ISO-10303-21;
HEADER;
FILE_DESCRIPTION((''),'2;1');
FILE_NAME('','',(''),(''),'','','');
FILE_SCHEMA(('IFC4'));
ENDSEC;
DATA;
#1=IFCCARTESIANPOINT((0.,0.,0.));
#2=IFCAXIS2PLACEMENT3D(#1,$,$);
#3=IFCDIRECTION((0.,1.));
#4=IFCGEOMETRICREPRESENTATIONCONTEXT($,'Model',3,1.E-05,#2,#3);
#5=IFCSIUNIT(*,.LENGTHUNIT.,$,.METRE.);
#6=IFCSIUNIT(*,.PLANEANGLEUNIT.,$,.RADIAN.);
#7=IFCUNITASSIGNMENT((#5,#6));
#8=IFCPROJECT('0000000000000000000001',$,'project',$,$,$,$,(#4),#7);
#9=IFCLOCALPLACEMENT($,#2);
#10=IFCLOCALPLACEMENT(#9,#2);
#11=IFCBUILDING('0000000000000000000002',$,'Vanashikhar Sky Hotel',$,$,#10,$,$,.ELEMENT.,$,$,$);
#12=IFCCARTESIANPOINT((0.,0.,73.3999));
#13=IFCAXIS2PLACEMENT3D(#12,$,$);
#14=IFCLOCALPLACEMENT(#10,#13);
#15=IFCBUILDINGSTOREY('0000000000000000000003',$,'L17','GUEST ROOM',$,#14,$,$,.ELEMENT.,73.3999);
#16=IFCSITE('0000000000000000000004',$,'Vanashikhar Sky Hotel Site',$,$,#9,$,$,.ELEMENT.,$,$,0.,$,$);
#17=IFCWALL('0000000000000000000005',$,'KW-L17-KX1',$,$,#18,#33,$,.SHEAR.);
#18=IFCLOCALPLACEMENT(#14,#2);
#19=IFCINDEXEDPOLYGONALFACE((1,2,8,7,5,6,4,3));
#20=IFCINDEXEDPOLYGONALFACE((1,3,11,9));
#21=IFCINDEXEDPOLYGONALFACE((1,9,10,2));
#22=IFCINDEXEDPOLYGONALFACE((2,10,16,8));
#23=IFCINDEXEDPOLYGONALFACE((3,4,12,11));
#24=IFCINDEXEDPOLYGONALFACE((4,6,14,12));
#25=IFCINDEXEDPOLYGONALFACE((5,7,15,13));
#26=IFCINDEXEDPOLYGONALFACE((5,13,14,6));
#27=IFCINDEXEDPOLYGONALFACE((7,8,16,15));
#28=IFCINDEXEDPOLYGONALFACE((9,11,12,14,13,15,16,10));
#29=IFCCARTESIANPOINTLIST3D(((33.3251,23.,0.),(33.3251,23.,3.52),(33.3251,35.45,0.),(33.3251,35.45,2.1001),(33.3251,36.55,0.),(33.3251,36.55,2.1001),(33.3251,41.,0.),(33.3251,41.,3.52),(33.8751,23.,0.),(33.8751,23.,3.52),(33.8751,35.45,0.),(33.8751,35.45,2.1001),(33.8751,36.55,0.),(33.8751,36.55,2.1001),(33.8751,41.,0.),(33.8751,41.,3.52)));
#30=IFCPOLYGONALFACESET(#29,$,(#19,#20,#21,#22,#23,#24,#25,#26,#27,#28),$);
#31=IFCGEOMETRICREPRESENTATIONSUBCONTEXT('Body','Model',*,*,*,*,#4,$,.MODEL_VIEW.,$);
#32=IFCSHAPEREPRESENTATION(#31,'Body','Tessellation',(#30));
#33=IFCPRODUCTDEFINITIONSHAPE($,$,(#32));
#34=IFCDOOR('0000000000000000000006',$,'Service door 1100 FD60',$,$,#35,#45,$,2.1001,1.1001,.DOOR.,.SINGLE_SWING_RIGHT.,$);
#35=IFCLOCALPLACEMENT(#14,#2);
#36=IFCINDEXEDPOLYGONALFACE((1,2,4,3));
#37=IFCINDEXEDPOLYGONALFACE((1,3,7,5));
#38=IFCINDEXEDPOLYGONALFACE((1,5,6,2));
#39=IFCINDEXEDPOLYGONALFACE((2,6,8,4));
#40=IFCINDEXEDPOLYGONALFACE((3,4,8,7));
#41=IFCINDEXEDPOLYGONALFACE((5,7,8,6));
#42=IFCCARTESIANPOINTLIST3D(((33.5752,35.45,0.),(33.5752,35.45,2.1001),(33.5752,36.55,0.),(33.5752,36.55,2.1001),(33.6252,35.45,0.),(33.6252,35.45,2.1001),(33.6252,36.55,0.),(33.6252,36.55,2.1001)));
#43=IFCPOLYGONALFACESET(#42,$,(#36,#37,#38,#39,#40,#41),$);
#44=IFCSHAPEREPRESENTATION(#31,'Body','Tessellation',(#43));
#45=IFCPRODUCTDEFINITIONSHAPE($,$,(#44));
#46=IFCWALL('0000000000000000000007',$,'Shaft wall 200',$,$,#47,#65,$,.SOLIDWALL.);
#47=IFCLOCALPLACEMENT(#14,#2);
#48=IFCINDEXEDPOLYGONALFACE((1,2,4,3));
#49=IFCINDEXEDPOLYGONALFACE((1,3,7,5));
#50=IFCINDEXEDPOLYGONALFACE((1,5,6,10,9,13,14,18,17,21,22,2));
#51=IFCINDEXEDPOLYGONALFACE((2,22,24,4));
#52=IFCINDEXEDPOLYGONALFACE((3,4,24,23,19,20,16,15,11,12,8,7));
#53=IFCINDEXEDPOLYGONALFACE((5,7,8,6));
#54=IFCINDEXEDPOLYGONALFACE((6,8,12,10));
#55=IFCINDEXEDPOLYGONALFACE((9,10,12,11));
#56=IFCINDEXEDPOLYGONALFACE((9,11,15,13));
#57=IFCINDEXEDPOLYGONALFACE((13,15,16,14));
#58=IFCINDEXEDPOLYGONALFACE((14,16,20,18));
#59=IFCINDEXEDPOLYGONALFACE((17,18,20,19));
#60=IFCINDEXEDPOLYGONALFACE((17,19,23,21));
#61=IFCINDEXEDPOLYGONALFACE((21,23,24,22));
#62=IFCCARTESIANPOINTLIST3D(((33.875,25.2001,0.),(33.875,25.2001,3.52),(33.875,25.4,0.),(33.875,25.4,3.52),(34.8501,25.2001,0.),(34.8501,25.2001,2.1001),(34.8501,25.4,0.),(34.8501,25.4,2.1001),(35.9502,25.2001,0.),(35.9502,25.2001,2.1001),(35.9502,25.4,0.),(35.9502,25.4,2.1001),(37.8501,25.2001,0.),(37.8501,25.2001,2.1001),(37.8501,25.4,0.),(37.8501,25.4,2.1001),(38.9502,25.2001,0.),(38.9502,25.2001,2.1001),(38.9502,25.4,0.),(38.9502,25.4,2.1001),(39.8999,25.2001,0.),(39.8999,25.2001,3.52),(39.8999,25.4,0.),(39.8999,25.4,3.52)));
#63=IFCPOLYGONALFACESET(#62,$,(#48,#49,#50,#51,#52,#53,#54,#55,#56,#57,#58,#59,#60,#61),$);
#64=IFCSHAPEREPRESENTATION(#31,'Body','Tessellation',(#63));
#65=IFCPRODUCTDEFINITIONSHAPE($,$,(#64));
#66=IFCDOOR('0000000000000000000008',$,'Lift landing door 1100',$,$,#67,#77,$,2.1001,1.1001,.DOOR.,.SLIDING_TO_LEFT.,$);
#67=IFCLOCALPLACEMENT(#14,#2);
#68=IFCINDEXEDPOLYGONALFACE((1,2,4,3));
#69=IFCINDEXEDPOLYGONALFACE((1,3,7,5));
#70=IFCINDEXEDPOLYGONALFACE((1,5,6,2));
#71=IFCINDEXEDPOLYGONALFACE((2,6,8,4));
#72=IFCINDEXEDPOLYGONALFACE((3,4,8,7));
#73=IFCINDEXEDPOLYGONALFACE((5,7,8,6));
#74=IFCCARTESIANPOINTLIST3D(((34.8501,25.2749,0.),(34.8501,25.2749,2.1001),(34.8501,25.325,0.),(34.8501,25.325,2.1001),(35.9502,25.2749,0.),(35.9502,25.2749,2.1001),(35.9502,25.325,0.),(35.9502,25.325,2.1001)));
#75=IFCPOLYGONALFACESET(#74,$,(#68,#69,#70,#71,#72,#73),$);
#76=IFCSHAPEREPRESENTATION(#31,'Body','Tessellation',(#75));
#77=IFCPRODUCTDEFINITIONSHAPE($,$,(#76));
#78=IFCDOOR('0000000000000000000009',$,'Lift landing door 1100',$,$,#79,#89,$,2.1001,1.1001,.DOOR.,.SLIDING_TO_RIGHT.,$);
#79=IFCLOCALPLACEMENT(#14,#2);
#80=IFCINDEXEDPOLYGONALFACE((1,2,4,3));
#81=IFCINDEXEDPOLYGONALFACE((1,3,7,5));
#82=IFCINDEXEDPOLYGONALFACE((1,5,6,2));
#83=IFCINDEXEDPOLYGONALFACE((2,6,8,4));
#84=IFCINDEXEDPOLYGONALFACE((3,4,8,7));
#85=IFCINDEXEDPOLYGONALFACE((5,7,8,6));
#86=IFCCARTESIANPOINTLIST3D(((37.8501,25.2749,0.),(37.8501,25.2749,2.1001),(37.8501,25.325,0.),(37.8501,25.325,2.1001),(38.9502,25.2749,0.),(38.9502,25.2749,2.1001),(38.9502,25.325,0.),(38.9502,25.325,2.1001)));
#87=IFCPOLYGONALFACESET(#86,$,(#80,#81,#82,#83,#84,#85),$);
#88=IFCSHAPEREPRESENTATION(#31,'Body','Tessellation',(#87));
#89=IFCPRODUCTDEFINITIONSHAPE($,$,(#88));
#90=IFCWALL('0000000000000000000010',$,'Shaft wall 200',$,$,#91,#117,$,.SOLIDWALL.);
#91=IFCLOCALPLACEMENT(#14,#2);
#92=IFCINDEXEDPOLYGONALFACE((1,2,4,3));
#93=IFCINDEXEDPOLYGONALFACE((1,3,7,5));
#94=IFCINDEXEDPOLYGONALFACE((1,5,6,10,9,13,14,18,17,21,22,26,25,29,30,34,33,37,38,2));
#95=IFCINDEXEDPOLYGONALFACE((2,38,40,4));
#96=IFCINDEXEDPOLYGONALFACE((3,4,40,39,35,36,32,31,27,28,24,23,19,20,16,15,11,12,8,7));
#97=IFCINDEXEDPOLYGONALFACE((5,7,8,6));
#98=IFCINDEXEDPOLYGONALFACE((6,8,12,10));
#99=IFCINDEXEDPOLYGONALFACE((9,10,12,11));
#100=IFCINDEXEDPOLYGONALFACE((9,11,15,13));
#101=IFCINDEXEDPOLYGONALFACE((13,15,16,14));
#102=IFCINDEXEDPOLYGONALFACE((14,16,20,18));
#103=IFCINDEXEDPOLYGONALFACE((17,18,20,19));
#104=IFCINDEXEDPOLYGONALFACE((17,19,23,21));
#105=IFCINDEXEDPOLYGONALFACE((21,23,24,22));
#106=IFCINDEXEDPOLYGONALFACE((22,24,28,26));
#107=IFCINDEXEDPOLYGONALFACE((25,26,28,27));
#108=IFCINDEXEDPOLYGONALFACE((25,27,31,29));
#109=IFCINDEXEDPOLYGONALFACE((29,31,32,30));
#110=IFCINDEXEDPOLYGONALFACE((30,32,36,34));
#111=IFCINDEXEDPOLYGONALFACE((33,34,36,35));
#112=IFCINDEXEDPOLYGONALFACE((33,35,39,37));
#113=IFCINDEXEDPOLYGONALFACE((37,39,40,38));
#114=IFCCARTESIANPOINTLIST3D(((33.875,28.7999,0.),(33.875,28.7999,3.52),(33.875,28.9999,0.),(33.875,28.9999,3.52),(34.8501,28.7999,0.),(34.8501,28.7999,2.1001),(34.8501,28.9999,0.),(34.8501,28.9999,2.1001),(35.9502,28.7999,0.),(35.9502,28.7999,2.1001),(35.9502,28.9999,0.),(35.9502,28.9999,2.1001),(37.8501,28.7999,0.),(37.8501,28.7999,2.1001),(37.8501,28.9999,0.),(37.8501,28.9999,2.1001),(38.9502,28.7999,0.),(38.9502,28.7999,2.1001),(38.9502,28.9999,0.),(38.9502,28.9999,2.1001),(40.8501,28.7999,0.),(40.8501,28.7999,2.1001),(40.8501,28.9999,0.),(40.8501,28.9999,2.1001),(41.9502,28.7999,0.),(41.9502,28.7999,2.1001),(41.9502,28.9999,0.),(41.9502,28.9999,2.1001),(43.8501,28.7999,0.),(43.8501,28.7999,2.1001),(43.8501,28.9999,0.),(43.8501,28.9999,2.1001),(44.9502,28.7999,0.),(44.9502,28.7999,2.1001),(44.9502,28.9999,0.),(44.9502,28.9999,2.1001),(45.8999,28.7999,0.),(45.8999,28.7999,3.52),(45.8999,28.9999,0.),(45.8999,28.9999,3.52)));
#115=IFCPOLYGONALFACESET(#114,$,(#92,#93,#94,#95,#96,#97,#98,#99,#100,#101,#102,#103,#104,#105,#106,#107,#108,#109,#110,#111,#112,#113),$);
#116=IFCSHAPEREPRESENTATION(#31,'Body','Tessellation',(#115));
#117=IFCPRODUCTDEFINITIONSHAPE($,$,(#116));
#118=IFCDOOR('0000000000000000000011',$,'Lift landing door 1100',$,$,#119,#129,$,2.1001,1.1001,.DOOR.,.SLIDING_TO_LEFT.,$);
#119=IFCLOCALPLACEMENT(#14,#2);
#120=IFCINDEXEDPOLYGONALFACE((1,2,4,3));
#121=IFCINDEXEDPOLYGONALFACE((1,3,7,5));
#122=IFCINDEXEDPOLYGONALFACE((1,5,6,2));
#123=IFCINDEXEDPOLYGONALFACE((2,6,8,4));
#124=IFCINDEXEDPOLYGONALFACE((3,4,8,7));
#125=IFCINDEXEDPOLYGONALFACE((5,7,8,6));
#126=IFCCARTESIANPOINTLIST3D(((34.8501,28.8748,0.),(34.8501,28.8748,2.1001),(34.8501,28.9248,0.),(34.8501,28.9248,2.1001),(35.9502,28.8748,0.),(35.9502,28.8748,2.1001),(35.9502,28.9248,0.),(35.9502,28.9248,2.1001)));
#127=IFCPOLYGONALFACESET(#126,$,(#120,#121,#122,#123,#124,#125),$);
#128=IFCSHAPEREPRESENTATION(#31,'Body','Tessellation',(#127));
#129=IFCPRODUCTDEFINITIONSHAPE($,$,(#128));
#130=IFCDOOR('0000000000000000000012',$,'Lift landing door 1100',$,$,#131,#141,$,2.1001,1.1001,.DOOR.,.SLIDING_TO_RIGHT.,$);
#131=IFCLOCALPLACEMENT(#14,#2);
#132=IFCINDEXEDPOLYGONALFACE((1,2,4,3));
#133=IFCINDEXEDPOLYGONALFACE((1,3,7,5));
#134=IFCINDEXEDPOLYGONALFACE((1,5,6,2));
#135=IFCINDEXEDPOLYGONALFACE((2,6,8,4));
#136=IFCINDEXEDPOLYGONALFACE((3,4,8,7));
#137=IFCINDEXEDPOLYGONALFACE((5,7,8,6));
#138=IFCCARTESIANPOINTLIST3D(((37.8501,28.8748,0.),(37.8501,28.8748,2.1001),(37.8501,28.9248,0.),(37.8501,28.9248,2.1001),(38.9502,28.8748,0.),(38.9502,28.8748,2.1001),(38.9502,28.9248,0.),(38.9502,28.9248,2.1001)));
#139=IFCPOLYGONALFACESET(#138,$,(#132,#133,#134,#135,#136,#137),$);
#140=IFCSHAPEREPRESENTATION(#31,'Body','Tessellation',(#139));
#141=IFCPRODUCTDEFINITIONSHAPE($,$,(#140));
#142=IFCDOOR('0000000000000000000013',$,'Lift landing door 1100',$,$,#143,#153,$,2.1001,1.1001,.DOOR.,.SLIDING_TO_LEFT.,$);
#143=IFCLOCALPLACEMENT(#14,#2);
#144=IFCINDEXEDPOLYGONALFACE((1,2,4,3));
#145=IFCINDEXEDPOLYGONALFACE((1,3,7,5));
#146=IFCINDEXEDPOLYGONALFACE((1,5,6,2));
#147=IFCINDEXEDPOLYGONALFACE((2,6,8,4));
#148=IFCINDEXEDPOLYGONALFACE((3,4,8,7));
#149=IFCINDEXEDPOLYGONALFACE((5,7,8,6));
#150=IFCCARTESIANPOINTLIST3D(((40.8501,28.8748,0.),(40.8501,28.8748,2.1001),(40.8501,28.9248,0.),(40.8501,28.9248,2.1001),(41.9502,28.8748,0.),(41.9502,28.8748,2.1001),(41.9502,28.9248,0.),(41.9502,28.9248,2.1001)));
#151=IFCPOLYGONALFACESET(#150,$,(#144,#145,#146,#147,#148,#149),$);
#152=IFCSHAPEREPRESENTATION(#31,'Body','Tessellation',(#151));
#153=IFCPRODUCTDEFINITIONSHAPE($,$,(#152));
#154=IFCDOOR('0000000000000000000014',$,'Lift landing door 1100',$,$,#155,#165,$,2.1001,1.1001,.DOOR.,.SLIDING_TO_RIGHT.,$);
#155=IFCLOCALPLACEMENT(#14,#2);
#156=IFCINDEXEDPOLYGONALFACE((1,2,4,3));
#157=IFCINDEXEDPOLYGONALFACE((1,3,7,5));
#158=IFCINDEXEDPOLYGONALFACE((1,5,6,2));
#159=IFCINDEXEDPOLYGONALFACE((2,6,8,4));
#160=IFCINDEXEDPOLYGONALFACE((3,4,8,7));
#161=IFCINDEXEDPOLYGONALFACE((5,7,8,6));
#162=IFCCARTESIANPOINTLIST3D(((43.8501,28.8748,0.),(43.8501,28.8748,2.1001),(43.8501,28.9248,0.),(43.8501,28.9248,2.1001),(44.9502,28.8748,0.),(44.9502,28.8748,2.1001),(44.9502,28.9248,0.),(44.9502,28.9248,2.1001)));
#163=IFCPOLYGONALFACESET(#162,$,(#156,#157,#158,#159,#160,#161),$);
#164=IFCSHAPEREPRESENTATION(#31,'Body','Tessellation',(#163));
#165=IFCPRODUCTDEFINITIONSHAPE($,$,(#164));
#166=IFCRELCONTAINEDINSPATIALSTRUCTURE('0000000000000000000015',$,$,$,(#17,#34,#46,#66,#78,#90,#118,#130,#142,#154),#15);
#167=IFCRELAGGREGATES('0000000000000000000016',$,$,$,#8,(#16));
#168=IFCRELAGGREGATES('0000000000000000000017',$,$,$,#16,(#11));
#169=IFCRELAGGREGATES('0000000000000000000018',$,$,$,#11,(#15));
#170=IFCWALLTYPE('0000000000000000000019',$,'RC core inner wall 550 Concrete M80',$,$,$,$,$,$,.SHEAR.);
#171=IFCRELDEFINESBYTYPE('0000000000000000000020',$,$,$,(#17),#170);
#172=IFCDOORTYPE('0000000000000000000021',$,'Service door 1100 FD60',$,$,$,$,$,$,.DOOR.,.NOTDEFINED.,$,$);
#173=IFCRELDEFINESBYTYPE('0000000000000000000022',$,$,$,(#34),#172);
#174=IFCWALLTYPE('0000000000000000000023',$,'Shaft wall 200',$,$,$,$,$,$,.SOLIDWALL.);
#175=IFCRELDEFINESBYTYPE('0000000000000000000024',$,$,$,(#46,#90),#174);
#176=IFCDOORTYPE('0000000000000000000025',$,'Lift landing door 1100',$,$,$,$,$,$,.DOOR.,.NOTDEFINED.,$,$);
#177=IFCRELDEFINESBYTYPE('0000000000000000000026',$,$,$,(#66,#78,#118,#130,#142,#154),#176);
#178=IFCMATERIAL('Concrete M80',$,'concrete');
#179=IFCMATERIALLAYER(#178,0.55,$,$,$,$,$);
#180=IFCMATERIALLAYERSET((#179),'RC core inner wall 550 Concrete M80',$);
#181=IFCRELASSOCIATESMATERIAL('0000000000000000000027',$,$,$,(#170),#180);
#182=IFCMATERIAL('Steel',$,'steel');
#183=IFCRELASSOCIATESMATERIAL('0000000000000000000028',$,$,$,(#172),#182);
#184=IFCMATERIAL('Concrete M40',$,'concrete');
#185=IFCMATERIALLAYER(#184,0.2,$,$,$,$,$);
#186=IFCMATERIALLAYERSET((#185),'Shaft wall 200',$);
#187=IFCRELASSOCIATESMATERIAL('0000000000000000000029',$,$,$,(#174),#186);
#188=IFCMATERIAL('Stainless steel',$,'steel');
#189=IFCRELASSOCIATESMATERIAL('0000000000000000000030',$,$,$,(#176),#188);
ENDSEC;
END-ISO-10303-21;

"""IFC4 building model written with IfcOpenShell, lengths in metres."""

from ifc_helpers import new_model, si_unit, direction, frame, frame_2d, origin, place, context, subcontext, project, spatial, rectangle, extrude, source, transform, mapped, material, layer, layer_set, type_object, element, fill, save


model = new_model("IFC4")

# Units and contexts
model_context = context("Model", 3, precision=1e-05, world=origin(), true_north=direction((0.0, 1.0)))
body_context = subcontext(model_context, "Body", "Model", "MODEL_VIEW")
ifc_project = project(units=[si_unit("LENGTHUNIT", "METRE"), si_unit("PLANEANGLEUNIT", "RADIAN")], contexts=[model_context])

# Site, building, storey
site_placement = place(None, origin())
site = spatial("IfcSite", under=ifc_project, at=site_placement, Name="Vanashikhar Sky Hotel Site", CompositionType="ELEMENT", RefElevation=0.0)
building_placement = place(site_placement, origin())
building = spatial("IfcBuilding", under=site, at=building_placement, Name="Vanashikhar Sky Hotel", CompositionType="ELEMENT")
storey_placement = place(building_placement, frame((0.0, 0.0, 73.3999)))
storey = spatial("IfcBuildingStorey", under=building, at=storey_placement, Name="L17", Description="GUEST ROOM", CompositionType="ELEMENT", Elevation=73.3999)

# Wall, opening, door
ifc_material_1 = material(Name="Concrete M80", Category="concrete")
ifc_layer_1 = layer(ifc_material_1, 0.55)
ifc_layer_set_1 = layer_set([ifc_layer_1], Name="RC core inner wall 550 Concrete M80")
wall_type_1 = type_object("IfcWallType", Name="RC core inner wall 550 Concrete M80", PredefinedType="SHEAR", material=ifc_layer_set_1)
shared_shape_1 = source(origin(), body_context, "Body", "SweptSolid", [
    extrude(rectangle(XDim=18.0, YDim=0.55, at=frame_2d((9.0, 0.0))), origin(), (0.0, 0.0, 1.0), 3.52),
])
wall_1_placement = place(storey_placement, frame((33.6001, 23.0, 0.0), z_axis=(0.0, 0.0, 1.0), x_axis=(0.0, 1.0, 0.0)))
wall_1 = element("IfcWall", 1, at=wall_1_placement, inside=storey, type_object=wall_type_1, Name="KW-L17-KX1", PredefinedType="SHEAR", context=body_context, shape_type="MappedRepresentation", body=[
    mapped(shared_shape_1, transform((0.0, 0.0, 0.0), scale=1.0)),
])
shared_shape_2 = source(origin(), body_context, "Body", "SweptSolid", [
    extrude(rectangle(XDim=1.1001, YDim=2.1001, at=frame_2d((0.55, 1.05))), frame((0.0, 0.2852, 0.0), z_axis=(0.0, -1.0, 0.0), x_axis=(1.0, 0.0, 0.0)), (0.0, 0.0, 1.0), 0.5701),
])
opening_1_placement = place(wall_1_placement, frame((12.45, 0.0, 0.0)))
opening_1 = element("IfcOpeningElement", 2, at=opening_1_placement, cuts=wall_1, PredefinedType="OPENING", context=body_context, shape_type="MappedRepresentation", body=[
    mapped(shared_shape_2, transform((0.0, 0.0, 0.0), scale=1.0)),
])
ifc_material_2 = material(Name="Steel", Category="steel")
door_type_1 = type_object("IfcDoorType", Name="Service door 1100 FD60", OperationType="NOTDEFINED", PredefinedType="DOOR", material=ifc_material_2)
shared_shape_3 = source(origin(), body_context, "Body", "SweptSolid", [
    extrude(rectangle(XDim=1.1001, YDim=2.1001, at=frame_2d((0.55, 1.05))), frame((0.0, 0.0249, 0.0), z_axis=(0.0, -1.0, 0.0), x_axis=(1.0, 0.0, 0.0)), (0.0, 0.0, 1.0), 0.05),
])
door_1_placement = place(opening_1_placement, origin())
door_1 = element("IfcDoor", 3, at=door_1_placement, inside=storey, type_object=door_type_1, Name="Service door 1100 FD60", OperationType="SINGLE_SWING_RIGHT", OverallHeight=2.1001, OverallWidth=1.1001, PredefinedType="DOOR", context=body_context, shape_type="MappedRepresentation", body=[
    mapped(shared_shape_3, transform((0.0, 0.0, 0.0), scale=1.0)),
])
fill(opening_1, door_1)

# Walls, openings, doors
ifc_material_3 = material(Name="Concrete M40", Category="concrete")
ifc_layer_2 = layer(ifc_material_3, 0.2)
ifc_layer_set_2 = layer_set([ifc_layer_2], Name="Shaft wall 200")
wall_type_2 = type_object("IfcWallType", Name="Shaft wall 200", PredefinedType="SOLIDWALL", material=ifc_layer_set_2)
shared_shape_4 = source(origin(), body_context, "Body", "SweptSolid", [
    extrude(rectangle(XDim=6.0249, YDim=0.2, at=frame_2d((3.0125, 0.0))), origin(), (0.0, 0.0, 1.0), 3.52),
])
wall_2_placement = place(storey_placement, frame((33.875, 25.3, 0.0), z_axis=(0.0, 0.0, 1.0), x_axis=(1.0, 0.0, 0.0)))
wall_2 = element("IfcWall", 4, at=wall_2_placement, inside=storey, type_object=wall_type_2, Name="Shaft wall 200", PredefinedType="SOLIDWALL", context=body_context, shape_type="MappedRepresentation", body=[
    mapped(shared_shape_4, transform((0.0, 0.0, 0.0), scale=1.0)),
])
shared_shape_5 = source(origin(), body_context, "Body", "SweptSolid", [
    extrude(rectangle(XDim=1.1001, YDim=2.1001, at=frame_2d((0.55, 1.05))), frame((0.0, 0.1099, 0.0), z_axis=(0.0, -1.0, 0.0), x_axis=(1.0, 0.0, 0.0)), (0.0, 0.0, 1.0), 0.22),
])
opening_2_placement = place(wall_2_placement, frame((0.9751, 0.0, 0.0)))
opening_2 = element("IfcOpeningElement", 5, at=opening_2_placement, cuts=wall_2, PredefinedType="OPENING", context=body_context, shape_type="MappedRepresentation", body=[
    mapped(shared_shape_5, transform((0.0, 0.0, 0.0), scale=1.0)),
])
opening_3_placement = place(wall_2_placement, frame((3.9751, 0.0, 0.0)))
opening_3 = element("IfcOpeningElement", 6, at=opening_3_placement, cuts=wall_2, PredefinedType="OPENING", context=body_context, shape_type="MappedRepresentation", body=[
    mapped(shared_shape_5, transform((0.0, 0.0, 0.0), scale=1.0)),
])
ifc_material_4 = material(Name="Stainless steel", Category="steel")
door_type_2 = type_object("IfcDoorType", Name="Lift landing door 1100", OperationType="NOTDEFINED", PredefinedType="DOOR", material=ifc_material_4)
door_2_placement = place(opening_2_placement, origin())
door_2 = element("IfcDoor", 7, at=door_2_placement, inside=storey, type_object=door_type_2, Name="Lift landing door 1100", OperationType="SLIDING_TO_LEFT", OverallHeight=2.1001, OverallWidth=1.1001, PredefinedType="DOOR", context=body_context, shape_type="MappedRepresentation", body=[
    mapped(shared_shape_3, transform((0.0, 0.0, 0.0), scale=1.0)),
])
fill(opening_2, door_2)
door_3_placement = place(opening_3_placement, origin())
door_3 = element("IfcDoor", 8, at=door_3_placement, inside=storey, type_object=door_type_2, Name="Lift landing door 1100", OperationType="SLIDING_TO_RIGHT", OverallHeight=2.1001, OverallWidth=1.1001, PredefinedType="DOOR", context=body_context, shape_type="MappedRepresentation", body=[
    mapped(shared_shape_3, transform((0.0, 0.0, 0.0), scale=1.0)),
])
fill(opening_3, door_3)
shared_shape_6 = source(origin(), body_context, "Body", "SweptSolid", [
    extrude(rectangle(XDim=12.0249, YDim=0.2, at=frame_2d((6.0125, 0.0))), origin(), (0.0, 0.0, 1.0), 3.52),
])
wall_3_placement = place(storey_placement, frame((33.875, 28.8999, 0.0), z_axis=(0.0, 0.0, 1.0), x_axis=(1.0, 0.0, 0.0)))
wall_3 = element("IfcWall", 9, at=wall_3_placement, inside=storey, type_object=wall_type_2, Name="Shaft wall 200", PredefinedType="SOLIDWALL", context=body_context, shape_type="MappedRepresentation", body=[
    mapped(shared_shape_6, transform((0.0, 0.0, 0.0), scale=1.0)),
])
opening_4_placement = place(wall_3_placement, frame((0.9751, 0.0, 0.0)))
opening_4 = element("IfcOpeningElement", 10, at=opening_4_placement, cuts=wall_3, PredefinedType="OPENING", context=body_context, shape_type="MappedRepresentation", body=[
    mapped(shared_shape_5, transform((0.0, 0.0, 0.0), scale=1.0)),
])
opening_5_placement = place(wall_3_placement, frame((3.9751, 0.0, 0.0)))
opening_5 = element("IfcOpeningElement", 11, at=opening_5_placement, cuts=wall_3, PredefinedType="OPENING", context=body_context, shape_type="MappedRepresentation", body=[
    mapped(shared_shape_5, transform((0.0, 0.0, 0.0), scale=1.0)),
])
opening_6_placement = place(wall_3_placement, frame((6.9751, 0.0, 0.0)))
opening_6 = element("IfcOpeningElement", 12, at=opening_6_placement, cuts=wall_3, PredefinedType="OPENING", context=body_context, shape_type="MappedRepresentation", body=[
    mapped(shared_shape_5, transform((0.0, 0.0, 0.0), scale=1.0)),
])
opening_7_placement = place(wall_3_placement, frame((9.9751, 0.0, 0.0)))
opening_7 = element("IfcOpeningElement", 13, at=opening_7_placement, cuts=wall_3, PredefinedType="OPENING", context=body_context, shape_type="MappedRepresentation", body=[
    mapped(shared_shape_5, transform((0.0, 0.0, 0.0), scale=1.0)),
])
door_4_placement = place(opening_4_placement, origin())
door_4 = element("IfcDoor", 14, at=door_4_placement, inside=storey, type_object=door_type_2, Name="Lift landing door 1100", OperationType="SLIDING_TO_LEFT", OverallHeight=2.1001, OverallWidth=1.1001, PredefinedType="DOOR", context=body_context, shape_type="MappedRepresentation", body=[
    mapped(shared_shape_3, transform((0.0, 0.0, 0.0), scale=1.0)),
])
fill(opening_4, door_4)
door_5_placement = place(opening_5_placement, origin())
door_5 = element("IfcDoor", 15, at=door_5_placement, inside=storey, type_object=door_type_2, Name="Lift landing door 1100", OperationType="SLIDING_TO_RIGHT", OverallHeight=2.1001, OverallWidth=1.1001, PredefinedType="DOOR", context=body_context, shape_type="MappedRepresentation", body=[
    mapped(shared_shape_3, transform((0.0, 0.0, 0.0), scale=1.0)),
])
fill(opening_5, door_5)
door_6_placement = place(opening_6_placement, origin())
door_6 = element("IfcDoor", 16, at=door_6_placement, inside=storey, type_object=door_type_2, Name="Lift landing door 1100", OperationType="SLIDING_TO_LEFT", OverallHeight=2.1001, OverallWidth=1.1001, PredefinedType="DOOR", context=body_context, shape_type="MappedRepresentation", body=[
    mapped(shared_shape_3, transform((0.0, 0.0, 0.0), scale=1.0)),
])
fill(opening_6, door_6)
door_7_placement = place(opening_7_placement, origin())
door_7 = element("IfcDoor", 17, at=door_7_placement, inside=storey, type_object=door_type_2, Name="Lift landing door 1100", OperationType="SLIDING_TO_RIGHT", OverallHeight=2.1001, OverallWidth=1.1001, PredefinedType="DOOR", context=body_context, shape_type="MappedRepresentation", body=[
    mapped(shared_shape_3, transform((0.0, 0.0, 0.0), scale=1.0)),
])
fill(opening_7, door_7)

save(model, "model.ifc")
